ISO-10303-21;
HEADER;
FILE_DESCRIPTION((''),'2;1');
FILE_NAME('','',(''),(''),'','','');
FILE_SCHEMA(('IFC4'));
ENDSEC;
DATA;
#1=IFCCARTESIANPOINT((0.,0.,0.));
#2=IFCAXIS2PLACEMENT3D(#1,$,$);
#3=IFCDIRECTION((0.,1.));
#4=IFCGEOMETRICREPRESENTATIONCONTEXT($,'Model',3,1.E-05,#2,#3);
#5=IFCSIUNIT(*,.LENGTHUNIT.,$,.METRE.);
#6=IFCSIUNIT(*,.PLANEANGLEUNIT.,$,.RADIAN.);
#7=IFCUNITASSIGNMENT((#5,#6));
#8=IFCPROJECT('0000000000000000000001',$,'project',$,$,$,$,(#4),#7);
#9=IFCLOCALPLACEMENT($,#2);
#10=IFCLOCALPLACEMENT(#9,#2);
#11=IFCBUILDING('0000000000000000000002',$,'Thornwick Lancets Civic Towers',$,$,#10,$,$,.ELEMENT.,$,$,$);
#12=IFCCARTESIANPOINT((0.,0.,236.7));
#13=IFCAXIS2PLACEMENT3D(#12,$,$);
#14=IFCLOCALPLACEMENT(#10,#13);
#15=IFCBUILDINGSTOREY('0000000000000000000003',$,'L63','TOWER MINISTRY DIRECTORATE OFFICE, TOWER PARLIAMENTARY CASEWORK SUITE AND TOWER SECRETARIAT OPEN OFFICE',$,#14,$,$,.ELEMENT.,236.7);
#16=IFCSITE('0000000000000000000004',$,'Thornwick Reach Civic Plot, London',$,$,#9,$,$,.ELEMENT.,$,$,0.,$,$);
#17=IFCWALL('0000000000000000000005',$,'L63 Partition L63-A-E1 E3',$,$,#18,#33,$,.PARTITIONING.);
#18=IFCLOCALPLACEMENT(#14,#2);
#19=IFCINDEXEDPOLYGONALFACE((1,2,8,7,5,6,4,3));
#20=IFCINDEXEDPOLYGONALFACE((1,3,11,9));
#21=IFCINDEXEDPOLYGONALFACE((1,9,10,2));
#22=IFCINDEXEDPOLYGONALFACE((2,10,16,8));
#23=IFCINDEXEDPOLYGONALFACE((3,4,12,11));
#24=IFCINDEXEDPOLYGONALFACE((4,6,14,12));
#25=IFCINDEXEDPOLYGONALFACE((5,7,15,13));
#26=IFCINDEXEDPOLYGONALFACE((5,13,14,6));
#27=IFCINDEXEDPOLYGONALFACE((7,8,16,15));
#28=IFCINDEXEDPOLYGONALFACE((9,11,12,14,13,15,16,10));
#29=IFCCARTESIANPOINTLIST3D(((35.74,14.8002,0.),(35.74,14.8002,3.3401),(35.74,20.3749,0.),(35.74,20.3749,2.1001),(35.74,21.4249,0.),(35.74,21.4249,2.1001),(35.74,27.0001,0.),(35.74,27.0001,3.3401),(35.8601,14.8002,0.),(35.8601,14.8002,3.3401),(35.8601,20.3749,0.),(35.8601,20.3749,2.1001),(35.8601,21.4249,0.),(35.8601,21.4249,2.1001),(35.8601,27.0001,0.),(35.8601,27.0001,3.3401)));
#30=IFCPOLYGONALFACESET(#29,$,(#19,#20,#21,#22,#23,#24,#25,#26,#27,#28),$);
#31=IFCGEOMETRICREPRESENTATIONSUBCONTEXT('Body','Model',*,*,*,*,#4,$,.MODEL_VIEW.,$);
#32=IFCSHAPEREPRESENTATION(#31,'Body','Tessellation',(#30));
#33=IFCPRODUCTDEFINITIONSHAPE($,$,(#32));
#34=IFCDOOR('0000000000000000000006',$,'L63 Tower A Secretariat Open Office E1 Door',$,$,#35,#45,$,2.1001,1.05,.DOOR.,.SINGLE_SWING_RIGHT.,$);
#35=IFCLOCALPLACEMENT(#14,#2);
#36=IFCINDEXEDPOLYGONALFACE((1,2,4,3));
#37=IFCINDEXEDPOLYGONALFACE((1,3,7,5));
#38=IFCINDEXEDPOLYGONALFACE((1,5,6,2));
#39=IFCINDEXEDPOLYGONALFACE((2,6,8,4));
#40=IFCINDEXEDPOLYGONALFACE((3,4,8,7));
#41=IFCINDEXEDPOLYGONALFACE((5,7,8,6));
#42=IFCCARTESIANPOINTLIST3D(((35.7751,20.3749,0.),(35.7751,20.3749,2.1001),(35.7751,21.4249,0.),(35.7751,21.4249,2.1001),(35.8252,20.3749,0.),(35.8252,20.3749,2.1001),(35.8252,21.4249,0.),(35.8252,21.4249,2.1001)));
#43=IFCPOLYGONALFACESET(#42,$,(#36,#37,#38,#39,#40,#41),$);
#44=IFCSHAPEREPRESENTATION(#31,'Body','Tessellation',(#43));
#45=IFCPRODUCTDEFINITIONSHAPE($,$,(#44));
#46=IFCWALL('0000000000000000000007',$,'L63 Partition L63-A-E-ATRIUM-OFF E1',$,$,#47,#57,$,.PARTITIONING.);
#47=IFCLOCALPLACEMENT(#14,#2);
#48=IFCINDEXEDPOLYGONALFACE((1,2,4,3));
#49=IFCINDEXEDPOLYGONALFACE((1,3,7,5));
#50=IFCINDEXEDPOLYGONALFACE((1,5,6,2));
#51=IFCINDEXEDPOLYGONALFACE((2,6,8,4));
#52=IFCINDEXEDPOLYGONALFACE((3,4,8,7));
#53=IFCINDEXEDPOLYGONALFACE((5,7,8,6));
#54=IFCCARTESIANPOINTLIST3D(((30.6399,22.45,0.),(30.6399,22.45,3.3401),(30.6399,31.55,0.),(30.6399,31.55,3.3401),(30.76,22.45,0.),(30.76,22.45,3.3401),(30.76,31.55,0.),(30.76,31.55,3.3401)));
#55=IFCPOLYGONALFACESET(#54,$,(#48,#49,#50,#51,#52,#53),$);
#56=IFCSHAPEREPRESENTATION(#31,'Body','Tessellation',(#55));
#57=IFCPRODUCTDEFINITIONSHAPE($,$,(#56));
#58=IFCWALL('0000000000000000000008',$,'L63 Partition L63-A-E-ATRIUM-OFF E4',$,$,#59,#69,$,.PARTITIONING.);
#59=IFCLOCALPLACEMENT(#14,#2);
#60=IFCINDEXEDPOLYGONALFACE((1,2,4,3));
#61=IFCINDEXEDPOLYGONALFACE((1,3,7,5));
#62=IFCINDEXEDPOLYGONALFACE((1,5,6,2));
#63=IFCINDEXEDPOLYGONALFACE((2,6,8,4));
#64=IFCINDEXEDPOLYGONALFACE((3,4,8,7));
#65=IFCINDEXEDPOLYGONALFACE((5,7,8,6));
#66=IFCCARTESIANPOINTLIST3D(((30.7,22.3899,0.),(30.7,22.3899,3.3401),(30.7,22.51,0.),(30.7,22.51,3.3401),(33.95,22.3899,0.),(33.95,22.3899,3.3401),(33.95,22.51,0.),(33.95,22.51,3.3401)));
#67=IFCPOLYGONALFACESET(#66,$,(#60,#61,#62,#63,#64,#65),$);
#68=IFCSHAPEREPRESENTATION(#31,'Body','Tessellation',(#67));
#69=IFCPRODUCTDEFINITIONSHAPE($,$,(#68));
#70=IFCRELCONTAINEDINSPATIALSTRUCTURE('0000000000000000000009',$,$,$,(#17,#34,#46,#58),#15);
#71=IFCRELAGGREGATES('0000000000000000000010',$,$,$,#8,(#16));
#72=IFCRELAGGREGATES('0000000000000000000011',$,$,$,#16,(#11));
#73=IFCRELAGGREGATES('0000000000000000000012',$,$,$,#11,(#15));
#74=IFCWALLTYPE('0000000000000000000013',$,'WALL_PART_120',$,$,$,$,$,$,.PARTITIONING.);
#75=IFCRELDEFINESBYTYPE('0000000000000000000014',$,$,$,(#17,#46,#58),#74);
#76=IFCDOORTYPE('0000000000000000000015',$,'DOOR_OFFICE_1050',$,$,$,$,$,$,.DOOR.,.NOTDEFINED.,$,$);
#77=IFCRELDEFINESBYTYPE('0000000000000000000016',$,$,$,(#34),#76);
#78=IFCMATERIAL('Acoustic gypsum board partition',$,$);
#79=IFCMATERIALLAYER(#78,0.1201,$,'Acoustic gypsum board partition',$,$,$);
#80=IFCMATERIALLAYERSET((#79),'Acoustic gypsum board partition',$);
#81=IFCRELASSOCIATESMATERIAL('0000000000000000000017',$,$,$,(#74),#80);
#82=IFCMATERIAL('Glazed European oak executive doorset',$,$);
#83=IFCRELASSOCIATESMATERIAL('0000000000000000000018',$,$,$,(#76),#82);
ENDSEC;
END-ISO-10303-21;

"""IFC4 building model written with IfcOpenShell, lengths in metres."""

from ifc_helpers import new_model, si_unit, direction, frame, frame_2d, origin, place, context, subcontext, project, spatial, rectangle, extrude, material, layer, layer_set, type_object, element, fill, save


model = new_model("IFC4")

# Units and contexts
model_context = context("Model", 3, precision=1e-05, world=origin(), true_north=direction((0.0, 1.0)))
body_context = subcontext(model_context, "Body", "Model", "MODEL_VIEW")
ifc_project = project(units=[si_unit("LENGTHUNIT", "METRE"), si_unit("PLANEANGLEUNIT", "RADIAN")], contexts=[model_context])

# Site, building, storey
site_placement = place(None, origin())
site = spatial("IfcSite", under=ifc_project, at=site_placement, Name="Thornwick Reach Civic Plot, London", CompositionType="ELEMENT", RefElevation=0.0)
building_placement = place(site_placement, origin())
building = spatial("IfcBuilding", under=site, at=building_placement, Name="Thornwick Lancets Civic Towers", CompositionType="ELEMENT")
storey_placement = place(building_placement, frame((0.0, 0.0, 236.7)))
storey = spatial("IfcBuildingStorey", under=building, at=storey_placement, Name="L63", Description="TOWER MINISTRY DIRECTORATE OFFICE, TOWER PARLIAMENTARY CASEWORK SUITE AND TOWER SECRETARIAT OPEN OFFICE", CompositionType="ELEMENT", Elevation=236.7)

# Shared definitions
ifc_material_1 = material(Name="Acoustic gypsum board partition")
ifc_layer_1 = layer(ifc_material_1, 0.1201, Name="Acoustic gypsum board partition")
ifc_layer_set_1 = layer_set([ifc_layer_1], Name="Acoustic gypsum board partition")
wall_type_1 = type_object("IfcWallType", Name="WALL_PART_120", PredefinedType="PARTITIONING", material=ifc_layer_set_1)

# Wall, opening, door
wall_1_placement = place(storey_placement, frame((35.8, 14.8, 0.0), z_axis=(0.0, 0.0, 1.0), x_axis=(0.0, 1.0, 0.0)))
wall_1 = element("IfcWall", 1, at=wall_1_placement, inside=storey, type_object=wall_type_1, Name="L63 Partition L63-A-E1 E3", PredefinedType="PARTITIONING", context=body_context, shape_type="SweptSolid", body=[
    extrude(rectangle(XDim=12.2, YDim=0.1201, at=frame_2d((6.1001, 0.0))), origin(), (0.0, 0.0, 1.0), 3.3401),
])
opening_1_placement = place(wall_1_placement, frame((5.575, 0.0, 0.0)))
opening_1 = element("IfcOpeningElement", 2, at=opening_1_placement, cuts=wall_1, PredefinedType="OPENING", context=body_context, shape_type="SweptSolid", body=[
    extrude(rectangle(XDim=1.05, YDim=2.1001, at=frame_2d((0.5249, 1.05))), frame((0.0, 0.0701, 0.0), z_axis=(0.0, -1.0, 0.0), x_axis=(1.0, 0.0, 0.0)), (0.0, 0.0, 1.0), 0.1401),
])
ifc_material_2 = material(Name="Glazed European oak executive doorset")
door_type_1 = type_object("IfcDoorType", Name="DOOR_OFFICE_1050", OperationType="NOTDEFINED", PredefinedType="DOOR", material=ifc_material_2)
door_1_placement = place(opening_1_placement, origin())
door_1 = element("IfcDoor", 3, at=door_1_placement, inside=storey, type_object=door_type_1, Name="L63 Tower A Secretariat Open Office E1 Door", OperationType="SINGLE_SWING_RIGHT", OverallHeight=2.1001, OverallWidth=1.05, PredefinedType="DOOR", context=body_context, shape_type="SweptSolid", body=[
    extrude(rectangle(XDim=1.05, YDim=2.1001, at=frame_2d((0.5249, 1.05))), frame((0.0, 0.0249, 0.0), z_axis=(0.0, -1.0, 0.0), x_axis=(1.0, 0.0, 0.0)), (0.0, 0.0, 1.0), 0.05),
])
fill(opening_1, door_1)

# Walls
wall_2_placement = place(storey_placement, frame((30.7, 22.45, 0.0), z_axis=(0.0, 0.0, 1.0), x_axis=(0.0, 1.0, 0.0)))
element("IfcWall", 4, at=wall_2_placement, inside=storey, type_object=wall_type_1, Name="L63 Partition L63-A-E-ATRIUM-OFF E1", PredefinedType="PARTITIONING", context=body_context, shape_type="SweptSolid", body=[
    extrude(rectangle(XDim=9.1001, YDim=0.1201, at=frame_2d((4.55, 0.0))), origin(), (0.0, 0.0, 1.0), 3.3401),
])
wall_3_placement = place(storey_placement, frame((33.95, 22.45, 0.0), z_axis=(0.0, 0.0, 1.0), x_axis=(-1.0, 0.0, 0.0)))
element("IfcWall", 5, at=wall_3_placement, inside=storey, type_object=wall_type_1, Name="L63 Partition L63-A-E-ATRIUM-OFF E4", PredefinedType="PARTITIONING", context=body_context, shape_type="SweptSolid", body=[
    extrude(rectangle(XDim=3.25, YDim=0.1201, at=frame_2d((1.625, 0.0))), origin(), (0.0, 0.0, 1.0), 3.3401),
])

save(model, "model.ifc")
